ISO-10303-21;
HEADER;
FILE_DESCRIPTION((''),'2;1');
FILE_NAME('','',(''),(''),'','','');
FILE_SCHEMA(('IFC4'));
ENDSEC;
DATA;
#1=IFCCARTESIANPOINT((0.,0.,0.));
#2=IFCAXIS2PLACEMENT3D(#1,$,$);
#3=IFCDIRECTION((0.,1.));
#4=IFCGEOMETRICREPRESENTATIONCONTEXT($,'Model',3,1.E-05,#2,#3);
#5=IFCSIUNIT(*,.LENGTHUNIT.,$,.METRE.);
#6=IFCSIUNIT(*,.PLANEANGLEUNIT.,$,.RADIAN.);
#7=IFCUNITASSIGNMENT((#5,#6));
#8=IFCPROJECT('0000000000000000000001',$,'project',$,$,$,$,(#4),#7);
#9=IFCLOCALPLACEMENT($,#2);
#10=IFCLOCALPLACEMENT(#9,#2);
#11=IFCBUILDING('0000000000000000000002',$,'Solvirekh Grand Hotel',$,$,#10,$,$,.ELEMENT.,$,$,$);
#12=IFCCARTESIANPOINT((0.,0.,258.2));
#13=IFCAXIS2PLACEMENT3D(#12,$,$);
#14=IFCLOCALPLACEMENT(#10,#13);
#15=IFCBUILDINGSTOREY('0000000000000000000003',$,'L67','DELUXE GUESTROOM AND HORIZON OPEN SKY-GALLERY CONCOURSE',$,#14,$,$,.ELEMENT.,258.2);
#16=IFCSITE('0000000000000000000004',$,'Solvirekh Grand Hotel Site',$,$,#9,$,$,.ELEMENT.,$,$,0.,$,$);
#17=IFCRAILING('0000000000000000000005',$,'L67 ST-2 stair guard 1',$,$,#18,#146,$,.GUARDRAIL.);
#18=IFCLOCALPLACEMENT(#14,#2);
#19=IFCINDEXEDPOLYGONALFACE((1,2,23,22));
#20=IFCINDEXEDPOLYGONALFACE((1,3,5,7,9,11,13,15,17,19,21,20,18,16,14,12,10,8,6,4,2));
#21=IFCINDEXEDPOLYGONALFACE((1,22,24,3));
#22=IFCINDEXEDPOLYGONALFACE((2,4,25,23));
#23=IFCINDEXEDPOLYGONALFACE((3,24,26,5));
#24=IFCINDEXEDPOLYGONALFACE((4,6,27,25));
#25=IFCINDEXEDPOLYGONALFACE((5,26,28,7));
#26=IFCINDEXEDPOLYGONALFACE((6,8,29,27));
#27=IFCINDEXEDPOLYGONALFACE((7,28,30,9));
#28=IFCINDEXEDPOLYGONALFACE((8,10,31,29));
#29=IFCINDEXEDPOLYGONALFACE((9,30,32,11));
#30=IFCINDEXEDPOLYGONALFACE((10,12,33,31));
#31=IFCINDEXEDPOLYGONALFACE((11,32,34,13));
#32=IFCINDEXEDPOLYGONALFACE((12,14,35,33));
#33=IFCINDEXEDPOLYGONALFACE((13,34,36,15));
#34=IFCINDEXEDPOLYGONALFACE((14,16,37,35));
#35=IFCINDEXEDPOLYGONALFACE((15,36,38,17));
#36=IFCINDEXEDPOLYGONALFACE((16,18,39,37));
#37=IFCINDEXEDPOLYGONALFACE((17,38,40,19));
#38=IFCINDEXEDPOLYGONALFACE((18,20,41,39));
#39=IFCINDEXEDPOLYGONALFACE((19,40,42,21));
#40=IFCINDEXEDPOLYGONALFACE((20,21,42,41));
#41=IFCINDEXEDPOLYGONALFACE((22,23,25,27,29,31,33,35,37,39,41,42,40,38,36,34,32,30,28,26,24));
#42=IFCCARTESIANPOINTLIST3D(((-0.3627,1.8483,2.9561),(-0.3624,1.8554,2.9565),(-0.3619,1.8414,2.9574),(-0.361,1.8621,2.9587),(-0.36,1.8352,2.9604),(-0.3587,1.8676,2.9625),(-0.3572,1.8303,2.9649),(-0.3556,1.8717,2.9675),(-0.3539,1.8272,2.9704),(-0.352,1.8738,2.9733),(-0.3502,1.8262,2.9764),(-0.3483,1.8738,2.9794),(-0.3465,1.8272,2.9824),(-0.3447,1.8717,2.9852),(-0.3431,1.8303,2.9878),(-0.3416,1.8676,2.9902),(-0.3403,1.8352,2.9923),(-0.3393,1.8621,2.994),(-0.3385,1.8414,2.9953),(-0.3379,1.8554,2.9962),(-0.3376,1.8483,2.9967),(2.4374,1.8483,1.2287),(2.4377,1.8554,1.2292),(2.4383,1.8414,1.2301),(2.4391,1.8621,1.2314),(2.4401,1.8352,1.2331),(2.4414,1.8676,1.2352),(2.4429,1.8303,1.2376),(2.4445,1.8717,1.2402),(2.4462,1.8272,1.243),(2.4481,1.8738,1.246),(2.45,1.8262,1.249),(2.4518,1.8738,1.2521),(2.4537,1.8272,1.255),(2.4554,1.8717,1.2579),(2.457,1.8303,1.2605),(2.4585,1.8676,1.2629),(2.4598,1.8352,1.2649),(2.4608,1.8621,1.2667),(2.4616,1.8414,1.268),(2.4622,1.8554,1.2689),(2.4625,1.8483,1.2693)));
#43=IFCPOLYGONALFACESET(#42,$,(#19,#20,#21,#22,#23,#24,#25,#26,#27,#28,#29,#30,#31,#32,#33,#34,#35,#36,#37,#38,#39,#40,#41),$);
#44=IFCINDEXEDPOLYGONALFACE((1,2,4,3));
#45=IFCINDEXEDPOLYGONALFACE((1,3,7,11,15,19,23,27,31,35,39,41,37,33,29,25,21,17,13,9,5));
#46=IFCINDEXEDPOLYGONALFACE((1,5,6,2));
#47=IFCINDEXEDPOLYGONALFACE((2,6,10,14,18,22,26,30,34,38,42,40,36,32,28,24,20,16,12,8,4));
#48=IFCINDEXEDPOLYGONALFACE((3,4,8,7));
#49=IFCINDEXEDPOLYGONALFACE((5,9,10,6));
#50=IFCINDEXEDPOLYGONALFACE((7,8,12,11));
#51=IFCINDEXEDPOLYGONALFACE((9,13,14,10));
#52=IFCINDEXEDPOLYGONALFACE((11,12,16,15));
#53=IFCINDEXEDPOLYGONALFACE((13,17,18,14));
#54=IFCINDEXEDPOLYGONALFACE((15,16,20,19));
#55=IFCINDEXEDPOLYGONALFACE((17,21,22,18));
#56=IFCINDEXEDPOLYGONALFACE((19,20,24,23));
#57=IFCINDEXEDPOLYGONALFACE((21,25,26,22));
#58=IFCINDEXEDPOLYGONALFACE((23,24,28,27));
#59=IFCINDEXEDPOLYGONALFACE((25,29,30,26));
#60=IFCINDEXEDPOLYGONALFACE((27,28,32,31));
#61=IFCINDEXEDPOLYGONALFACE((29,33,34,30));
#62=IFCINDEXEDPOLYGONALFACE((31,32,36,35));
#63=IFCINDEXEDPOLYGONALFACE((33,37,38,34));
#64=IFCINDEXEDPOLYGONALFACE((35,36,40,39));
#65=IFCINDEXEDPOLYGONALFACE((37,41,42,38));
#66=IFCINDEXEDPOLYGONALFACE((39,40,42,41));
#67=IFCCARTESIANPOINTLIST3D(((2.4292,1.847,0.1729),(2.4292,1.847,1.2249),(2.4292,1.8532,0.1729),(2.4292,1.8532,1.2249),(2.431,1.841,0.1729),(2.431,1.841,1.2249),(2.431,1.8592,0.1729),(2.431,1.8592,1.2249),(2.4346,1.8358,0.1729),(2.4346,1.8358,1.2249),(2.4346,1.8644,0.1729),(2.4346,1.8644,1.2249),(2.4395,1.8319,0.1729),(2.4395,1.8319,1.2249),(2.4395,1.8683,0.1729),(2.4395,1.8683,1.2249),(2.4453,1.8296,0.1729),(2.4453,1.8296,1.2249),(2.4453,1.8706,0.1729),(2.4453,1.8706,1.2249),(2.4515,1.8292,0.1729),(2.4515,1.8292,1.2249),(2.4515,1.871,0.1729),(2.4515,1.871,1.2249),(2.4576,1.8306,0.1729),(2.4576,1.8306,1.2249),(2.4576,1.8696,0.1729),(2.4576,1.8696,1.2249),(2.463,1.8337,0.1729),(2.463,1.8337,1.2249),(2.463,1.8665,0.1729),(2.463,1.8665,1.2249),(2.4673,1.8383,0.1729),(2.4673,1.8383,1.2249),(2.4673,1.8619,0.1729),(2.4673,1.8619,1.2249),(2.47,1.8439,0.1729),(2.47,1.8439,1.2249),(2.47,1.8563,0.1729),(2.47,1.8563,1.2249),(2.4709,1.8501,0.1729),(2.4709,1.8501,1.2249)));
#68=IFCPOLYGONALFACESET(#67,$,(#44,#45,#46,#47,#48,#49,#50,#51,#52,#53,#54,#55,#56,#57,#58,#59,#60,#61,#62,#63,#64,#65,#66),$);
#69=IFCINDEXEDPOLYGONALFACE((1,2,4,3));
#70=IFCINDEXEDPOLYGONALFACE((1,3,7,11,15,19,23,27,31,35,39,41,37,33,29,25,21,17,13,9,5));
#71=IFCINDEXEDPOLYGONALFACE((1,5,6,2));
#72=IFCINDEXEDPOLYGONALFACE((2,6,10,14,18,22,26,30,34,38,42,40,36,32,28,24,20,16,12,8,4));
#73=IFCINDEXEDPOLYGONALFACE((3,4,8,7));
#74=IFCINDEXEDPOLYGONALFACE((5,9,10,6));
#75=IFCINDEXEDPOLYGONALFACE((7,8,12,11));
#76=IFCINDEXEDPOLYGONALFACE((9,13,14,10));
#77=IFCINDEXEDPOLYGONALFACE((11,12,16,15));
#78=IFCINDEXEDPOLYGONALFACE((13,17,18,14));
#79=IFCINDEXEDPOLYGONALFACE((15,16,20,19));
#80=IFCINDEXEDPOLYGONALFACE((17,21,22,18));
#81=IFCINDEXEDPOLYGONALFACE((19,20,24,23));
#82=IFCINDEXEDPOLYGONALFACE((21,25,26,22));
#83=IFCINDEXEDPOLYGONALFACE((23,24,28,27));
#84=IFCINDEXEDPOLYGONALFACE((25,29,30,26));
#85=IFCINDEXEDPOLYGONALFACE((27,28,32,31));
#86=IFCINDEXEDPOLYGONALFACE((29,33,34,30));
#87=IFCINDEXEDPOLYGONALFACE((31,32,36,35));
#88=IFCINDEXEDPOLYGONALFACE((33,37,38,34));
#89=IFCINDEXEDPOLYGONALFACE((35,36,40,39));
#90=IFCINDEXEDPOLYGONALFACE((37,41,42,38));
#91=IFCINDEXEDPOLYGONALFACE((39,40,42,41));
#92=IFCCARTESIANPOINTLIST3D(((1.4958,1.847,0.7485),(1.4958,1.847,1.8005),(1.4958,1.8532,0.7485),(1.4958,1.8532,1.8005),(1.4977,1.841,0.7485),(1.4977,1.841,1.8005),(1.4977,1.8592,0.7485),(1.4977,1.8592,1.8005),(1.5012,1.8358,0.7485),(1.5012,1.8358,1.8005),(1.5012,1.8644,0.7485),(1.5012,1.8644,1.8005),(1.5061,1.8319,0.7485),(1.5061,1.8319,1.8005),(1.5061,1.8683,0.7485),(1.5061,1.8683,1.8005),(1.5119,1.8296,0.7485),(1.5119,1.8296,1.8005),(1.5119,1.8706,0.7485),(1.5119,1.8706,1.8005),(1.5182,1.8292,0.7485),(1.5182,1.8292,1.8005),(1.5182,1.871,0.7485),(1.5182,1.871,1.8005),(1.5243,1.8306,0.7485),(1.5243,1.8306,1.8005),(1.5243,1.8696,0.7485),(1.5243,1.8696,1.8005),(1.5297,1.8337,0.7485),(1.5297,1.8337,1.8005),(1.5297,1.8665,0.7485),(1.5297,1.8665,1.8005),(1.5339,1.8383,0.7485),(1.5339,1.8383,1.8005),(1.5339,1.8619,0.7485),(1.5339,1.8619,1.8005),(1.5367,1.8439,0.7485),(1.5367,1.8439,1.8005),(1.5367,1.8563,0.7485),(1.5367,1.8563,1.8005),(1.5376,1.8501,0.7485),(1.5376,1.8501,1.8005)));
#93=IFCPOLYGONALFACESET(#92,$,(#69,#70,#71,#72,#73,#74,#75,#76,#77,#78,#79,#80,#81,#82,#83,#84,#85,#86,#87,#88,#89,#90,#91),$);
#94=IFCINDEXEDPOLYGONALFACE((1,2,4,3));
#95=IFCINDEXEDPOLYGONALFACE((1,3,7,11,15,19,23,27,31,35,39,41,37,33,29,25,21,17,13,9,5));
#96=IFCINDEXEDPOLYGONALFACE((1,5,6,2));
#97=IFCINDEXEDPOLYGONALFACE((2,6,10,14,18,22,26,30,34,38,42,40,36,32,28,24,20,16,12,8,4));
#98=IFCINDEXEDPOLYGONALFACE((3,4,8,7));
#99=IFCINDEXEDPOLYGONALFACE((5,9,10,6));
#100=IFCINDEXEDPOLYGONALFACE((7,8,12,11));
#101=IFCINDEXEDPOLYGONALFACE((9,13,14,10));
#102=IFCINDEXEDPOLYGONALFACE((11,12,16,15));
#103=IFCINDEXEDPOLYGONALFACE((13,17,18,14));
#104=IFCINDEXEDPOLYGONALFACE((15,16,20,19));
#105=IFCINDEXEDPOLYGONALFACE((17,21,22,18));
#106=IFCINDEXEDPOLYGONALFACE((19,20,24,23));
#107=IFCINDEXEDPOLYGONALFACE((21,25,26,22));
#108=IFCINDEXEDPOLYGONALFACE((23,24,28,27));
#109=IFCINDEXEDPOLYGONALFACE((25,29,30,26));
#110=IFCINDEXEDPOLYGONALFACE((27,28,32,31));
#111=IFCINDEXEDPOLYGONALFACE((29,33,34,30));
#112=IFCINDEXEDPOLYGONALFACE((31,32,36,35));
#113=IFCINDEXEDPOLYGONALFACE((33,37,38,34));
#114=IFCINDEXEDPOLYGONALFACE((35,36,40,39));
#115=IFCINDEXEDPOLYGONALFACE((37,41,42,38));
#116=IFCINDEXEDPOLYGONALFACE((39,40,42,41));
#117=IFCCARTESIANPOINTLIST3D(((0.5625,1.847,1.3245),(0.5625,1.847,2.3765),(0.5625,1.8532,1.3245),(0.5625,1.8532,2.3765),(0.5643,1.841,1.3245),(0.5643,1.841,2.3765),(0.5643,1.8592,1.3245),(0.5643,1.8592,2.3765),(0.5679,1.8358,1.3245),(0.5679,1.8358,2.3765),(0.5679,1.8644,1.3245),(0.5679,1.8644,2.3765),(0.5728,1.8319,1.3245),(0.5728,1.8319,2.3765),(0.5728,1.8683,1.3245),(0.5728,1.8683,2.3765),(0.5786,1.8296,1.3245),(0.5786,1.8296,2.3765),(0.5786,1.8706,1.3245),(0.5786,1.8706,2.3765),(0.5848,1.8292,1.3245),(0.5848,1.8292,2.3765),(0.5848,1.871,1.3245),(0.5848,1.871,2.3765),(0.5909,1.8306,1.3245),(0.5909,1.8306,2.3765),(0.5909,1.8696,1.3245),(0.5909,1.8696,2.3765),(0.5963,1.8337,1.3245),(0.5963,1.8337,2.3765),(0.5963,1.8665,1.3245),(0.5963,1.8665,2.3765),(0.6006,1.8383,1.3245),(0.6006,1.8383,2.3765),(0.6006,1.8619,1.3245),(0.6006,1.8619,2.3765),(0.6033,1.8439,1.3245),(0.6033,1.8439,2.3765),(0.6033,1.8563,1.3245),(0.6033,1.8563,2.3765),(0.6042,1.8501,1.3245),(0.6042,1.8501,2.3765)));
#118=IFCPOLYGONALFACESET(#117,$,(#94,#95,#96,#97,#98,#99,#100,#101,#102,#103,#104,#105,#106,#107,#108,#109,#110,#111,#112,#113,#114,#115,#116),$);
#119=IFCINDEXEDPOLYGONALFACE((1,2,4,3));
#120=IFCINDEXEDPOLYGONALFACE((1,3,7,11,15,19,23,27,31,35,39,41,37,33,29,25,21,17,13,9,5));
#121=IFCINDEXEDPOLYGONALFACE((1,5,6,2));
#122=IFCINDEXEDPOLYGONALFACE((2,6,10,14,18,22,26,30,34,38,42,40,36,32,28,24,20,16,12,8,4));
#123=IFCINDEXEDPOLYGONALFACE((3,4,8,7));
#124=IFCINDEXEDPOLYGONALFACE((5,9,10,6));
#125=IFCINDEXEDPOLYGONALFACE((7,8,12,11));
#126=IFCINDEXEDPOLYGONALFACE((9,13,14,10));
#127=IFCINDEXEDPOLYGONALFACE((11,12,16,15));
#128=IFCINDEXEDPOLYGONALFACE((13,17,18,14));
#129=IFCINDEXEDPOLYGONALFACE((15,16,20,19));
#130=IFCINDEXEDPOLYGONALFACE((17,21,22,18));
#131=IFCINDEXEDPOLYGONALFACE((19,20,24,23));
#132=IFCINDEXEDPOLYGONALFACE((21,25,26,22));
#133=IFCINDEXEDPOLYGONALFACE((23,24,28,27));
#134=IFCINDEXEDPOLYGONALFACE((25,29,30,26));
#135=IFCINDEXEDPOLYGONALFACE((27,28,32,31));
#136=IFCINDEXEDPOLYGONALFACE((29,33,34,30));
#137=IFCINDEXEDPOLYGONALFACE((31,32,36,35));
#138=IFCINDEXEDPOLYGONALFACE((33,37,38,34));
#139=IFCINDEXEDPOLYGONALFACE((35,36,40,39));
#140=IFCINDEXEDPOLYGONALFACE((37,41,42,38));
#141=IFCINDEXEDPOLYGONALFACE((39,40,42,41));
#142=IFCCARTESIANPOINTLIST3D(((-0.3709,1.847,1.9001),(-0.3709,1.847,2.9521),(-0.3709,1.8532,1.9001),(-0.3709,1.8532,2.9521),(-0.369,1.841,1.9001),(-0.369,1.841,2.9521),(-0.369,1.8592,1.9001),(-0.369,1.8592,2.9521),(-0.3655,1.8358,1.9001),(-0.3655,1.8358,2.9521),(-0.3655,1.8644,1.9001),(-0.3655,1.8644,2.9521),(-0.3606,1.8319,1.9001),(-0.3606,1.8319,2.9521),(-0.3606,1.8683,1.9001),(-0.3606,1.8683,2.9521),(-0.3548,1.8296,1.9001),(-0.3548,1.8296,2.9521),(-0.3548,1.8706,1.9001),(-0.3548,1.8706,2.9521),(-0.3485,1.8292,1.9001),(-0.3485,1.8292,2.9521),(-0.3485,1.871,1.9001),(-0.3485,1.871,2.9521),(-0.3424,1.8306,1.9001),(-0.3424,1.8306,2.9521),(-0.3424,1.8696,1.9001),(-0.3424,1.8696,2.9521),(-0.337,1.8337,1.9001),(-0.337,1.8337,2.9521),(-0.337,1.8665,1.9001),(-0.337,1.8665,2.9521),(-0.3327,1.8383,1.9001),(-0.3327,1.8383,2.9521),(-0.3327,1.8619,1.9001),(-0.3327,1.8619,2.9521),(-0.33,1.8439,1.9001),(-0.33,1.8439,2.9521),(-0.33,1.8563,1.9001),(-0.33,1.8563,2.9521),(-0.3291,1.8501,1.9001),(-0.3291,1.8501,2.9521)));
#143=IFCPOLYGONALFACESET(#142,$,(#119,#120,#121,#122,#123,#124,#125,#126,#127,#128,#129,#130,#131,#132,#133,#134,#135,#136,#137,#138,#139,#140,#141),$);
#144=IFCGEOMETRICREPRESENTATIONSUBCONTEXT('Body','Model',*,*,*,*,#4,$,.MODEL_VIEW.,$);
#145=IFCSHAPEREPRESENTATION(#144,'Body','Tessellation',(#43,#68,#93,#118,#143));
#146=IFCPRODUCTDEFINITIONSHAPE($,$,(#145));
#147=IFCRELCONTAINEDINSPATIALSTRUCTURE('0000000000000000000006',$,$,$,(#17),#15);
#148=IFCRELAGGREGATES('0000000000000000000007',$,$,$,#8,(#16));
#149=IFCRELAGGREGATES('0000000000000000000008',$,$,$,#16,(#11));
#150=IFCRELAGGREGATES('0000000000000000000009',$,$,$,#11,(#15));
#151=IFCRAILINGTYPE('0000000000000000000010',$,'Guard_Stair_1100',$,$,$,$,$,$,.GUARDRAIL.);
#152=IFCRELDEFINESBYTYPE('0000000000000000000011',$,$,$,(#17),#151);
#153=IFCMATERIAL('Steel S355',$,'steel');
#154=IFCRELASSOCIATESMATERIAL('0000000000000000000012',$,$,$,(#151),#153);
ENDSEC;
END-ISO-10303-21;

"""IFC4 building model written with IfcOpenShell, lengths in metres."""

from ifc_helpers import new_model, si_unit, direction, frame, origin, origin_2d, place, context, subcontext, project, spatial, circle, extrude, material, type_object, element, save


model = new_model("IFC4")

# Units and contexts
model_context = context("Model", 3, precision=1e-05, world=origin(), true_north=direction((0.0, 1.0)))
body_context = subcontext(model_context, "Body", "Model", "MODEL_VIEW")
ifc_project = project(units=[si_unit("LENGTHUNIT", "METRE"), si_unit("PLANEANGLEUNIT", "RADIAN")], contexts=[model_context])

# Site, building, storey
site_placement = place(None, origin())
site = spatial("IfcSite", under=ifc_project, at=site_placement, Name="Solvirekh Grand Hotel Site", CompositionType="ELEMENT", RefElevation=0.0)
building_placement = place(site_placement, origin())
building = spatial("IfcBuilding", under=site, at=building_placement, Name="Solvirekh Grand Hotel", CompositionType="ELEMENT")
storey_placement = place(building_placement, frame((0.0, 0.0, 258.2)))
storey = spatial("IfcBuildingStorey", under=building, at=storey_placement, Name="L67", Description="DELUXE GUESTROOM AND HORIZON OPEN SKY-GALLERY CONCOURSE", CompositionType="ELEMENT", Elevation=258.2)

# Railing
ifc_material_1 = material(Name="Steel S355", Category="steel")
railing_type_1 = type_object("IfcRailingType", Name="Guard_Stair_1100", PredefinedType="GUARDRAIL", material=ifc_material_1)
railing_1_placement = place(storey_placement, frame((2.45, 1.8501, 0.1729)))
element("IfcRailing", 1, at=railing_1_placement, inside=storey, type_object=railing_type_1, Name="L67 ST-2 stair guard 1", PredefinedType="GUARDRAIL", context=body_context, shape_type="SweptSolid", body=[
    extrude(circle(Radius=0.0239, at=origin_2d()), frame((0.0, 0.0, 1.0762), z_axis=(-0.85109, 0.0, 0.52502), x_axis=(0.0, -1.0, 0.0)), (0.0, 0.0, 1.0), 3.29),
    extrude(circle(Radius=0.021, at=origin_2d()), origin(), (0.0, 0.0, 1.0), 1.052),
    extrude(circle(Radius=0.021, at=origin_2d()), frame((-0.9333, 0.0, 0.5757)), (0.0, 0.0, 1.0), 1.052),
    extrude(circle(Radius=0.021, at=origin_2d()), frame((-1.8667, 0.0, 1.1516)), (0.0, 0.0, 1.0), 1.052),
    extrude(circle(Radius=0.021, at=origin_2d()), frame((-2.8, 0.0, 1.7273)), (0.0, 0.0, 1.0), 1.052),
])

save(model, "model.ifc")
